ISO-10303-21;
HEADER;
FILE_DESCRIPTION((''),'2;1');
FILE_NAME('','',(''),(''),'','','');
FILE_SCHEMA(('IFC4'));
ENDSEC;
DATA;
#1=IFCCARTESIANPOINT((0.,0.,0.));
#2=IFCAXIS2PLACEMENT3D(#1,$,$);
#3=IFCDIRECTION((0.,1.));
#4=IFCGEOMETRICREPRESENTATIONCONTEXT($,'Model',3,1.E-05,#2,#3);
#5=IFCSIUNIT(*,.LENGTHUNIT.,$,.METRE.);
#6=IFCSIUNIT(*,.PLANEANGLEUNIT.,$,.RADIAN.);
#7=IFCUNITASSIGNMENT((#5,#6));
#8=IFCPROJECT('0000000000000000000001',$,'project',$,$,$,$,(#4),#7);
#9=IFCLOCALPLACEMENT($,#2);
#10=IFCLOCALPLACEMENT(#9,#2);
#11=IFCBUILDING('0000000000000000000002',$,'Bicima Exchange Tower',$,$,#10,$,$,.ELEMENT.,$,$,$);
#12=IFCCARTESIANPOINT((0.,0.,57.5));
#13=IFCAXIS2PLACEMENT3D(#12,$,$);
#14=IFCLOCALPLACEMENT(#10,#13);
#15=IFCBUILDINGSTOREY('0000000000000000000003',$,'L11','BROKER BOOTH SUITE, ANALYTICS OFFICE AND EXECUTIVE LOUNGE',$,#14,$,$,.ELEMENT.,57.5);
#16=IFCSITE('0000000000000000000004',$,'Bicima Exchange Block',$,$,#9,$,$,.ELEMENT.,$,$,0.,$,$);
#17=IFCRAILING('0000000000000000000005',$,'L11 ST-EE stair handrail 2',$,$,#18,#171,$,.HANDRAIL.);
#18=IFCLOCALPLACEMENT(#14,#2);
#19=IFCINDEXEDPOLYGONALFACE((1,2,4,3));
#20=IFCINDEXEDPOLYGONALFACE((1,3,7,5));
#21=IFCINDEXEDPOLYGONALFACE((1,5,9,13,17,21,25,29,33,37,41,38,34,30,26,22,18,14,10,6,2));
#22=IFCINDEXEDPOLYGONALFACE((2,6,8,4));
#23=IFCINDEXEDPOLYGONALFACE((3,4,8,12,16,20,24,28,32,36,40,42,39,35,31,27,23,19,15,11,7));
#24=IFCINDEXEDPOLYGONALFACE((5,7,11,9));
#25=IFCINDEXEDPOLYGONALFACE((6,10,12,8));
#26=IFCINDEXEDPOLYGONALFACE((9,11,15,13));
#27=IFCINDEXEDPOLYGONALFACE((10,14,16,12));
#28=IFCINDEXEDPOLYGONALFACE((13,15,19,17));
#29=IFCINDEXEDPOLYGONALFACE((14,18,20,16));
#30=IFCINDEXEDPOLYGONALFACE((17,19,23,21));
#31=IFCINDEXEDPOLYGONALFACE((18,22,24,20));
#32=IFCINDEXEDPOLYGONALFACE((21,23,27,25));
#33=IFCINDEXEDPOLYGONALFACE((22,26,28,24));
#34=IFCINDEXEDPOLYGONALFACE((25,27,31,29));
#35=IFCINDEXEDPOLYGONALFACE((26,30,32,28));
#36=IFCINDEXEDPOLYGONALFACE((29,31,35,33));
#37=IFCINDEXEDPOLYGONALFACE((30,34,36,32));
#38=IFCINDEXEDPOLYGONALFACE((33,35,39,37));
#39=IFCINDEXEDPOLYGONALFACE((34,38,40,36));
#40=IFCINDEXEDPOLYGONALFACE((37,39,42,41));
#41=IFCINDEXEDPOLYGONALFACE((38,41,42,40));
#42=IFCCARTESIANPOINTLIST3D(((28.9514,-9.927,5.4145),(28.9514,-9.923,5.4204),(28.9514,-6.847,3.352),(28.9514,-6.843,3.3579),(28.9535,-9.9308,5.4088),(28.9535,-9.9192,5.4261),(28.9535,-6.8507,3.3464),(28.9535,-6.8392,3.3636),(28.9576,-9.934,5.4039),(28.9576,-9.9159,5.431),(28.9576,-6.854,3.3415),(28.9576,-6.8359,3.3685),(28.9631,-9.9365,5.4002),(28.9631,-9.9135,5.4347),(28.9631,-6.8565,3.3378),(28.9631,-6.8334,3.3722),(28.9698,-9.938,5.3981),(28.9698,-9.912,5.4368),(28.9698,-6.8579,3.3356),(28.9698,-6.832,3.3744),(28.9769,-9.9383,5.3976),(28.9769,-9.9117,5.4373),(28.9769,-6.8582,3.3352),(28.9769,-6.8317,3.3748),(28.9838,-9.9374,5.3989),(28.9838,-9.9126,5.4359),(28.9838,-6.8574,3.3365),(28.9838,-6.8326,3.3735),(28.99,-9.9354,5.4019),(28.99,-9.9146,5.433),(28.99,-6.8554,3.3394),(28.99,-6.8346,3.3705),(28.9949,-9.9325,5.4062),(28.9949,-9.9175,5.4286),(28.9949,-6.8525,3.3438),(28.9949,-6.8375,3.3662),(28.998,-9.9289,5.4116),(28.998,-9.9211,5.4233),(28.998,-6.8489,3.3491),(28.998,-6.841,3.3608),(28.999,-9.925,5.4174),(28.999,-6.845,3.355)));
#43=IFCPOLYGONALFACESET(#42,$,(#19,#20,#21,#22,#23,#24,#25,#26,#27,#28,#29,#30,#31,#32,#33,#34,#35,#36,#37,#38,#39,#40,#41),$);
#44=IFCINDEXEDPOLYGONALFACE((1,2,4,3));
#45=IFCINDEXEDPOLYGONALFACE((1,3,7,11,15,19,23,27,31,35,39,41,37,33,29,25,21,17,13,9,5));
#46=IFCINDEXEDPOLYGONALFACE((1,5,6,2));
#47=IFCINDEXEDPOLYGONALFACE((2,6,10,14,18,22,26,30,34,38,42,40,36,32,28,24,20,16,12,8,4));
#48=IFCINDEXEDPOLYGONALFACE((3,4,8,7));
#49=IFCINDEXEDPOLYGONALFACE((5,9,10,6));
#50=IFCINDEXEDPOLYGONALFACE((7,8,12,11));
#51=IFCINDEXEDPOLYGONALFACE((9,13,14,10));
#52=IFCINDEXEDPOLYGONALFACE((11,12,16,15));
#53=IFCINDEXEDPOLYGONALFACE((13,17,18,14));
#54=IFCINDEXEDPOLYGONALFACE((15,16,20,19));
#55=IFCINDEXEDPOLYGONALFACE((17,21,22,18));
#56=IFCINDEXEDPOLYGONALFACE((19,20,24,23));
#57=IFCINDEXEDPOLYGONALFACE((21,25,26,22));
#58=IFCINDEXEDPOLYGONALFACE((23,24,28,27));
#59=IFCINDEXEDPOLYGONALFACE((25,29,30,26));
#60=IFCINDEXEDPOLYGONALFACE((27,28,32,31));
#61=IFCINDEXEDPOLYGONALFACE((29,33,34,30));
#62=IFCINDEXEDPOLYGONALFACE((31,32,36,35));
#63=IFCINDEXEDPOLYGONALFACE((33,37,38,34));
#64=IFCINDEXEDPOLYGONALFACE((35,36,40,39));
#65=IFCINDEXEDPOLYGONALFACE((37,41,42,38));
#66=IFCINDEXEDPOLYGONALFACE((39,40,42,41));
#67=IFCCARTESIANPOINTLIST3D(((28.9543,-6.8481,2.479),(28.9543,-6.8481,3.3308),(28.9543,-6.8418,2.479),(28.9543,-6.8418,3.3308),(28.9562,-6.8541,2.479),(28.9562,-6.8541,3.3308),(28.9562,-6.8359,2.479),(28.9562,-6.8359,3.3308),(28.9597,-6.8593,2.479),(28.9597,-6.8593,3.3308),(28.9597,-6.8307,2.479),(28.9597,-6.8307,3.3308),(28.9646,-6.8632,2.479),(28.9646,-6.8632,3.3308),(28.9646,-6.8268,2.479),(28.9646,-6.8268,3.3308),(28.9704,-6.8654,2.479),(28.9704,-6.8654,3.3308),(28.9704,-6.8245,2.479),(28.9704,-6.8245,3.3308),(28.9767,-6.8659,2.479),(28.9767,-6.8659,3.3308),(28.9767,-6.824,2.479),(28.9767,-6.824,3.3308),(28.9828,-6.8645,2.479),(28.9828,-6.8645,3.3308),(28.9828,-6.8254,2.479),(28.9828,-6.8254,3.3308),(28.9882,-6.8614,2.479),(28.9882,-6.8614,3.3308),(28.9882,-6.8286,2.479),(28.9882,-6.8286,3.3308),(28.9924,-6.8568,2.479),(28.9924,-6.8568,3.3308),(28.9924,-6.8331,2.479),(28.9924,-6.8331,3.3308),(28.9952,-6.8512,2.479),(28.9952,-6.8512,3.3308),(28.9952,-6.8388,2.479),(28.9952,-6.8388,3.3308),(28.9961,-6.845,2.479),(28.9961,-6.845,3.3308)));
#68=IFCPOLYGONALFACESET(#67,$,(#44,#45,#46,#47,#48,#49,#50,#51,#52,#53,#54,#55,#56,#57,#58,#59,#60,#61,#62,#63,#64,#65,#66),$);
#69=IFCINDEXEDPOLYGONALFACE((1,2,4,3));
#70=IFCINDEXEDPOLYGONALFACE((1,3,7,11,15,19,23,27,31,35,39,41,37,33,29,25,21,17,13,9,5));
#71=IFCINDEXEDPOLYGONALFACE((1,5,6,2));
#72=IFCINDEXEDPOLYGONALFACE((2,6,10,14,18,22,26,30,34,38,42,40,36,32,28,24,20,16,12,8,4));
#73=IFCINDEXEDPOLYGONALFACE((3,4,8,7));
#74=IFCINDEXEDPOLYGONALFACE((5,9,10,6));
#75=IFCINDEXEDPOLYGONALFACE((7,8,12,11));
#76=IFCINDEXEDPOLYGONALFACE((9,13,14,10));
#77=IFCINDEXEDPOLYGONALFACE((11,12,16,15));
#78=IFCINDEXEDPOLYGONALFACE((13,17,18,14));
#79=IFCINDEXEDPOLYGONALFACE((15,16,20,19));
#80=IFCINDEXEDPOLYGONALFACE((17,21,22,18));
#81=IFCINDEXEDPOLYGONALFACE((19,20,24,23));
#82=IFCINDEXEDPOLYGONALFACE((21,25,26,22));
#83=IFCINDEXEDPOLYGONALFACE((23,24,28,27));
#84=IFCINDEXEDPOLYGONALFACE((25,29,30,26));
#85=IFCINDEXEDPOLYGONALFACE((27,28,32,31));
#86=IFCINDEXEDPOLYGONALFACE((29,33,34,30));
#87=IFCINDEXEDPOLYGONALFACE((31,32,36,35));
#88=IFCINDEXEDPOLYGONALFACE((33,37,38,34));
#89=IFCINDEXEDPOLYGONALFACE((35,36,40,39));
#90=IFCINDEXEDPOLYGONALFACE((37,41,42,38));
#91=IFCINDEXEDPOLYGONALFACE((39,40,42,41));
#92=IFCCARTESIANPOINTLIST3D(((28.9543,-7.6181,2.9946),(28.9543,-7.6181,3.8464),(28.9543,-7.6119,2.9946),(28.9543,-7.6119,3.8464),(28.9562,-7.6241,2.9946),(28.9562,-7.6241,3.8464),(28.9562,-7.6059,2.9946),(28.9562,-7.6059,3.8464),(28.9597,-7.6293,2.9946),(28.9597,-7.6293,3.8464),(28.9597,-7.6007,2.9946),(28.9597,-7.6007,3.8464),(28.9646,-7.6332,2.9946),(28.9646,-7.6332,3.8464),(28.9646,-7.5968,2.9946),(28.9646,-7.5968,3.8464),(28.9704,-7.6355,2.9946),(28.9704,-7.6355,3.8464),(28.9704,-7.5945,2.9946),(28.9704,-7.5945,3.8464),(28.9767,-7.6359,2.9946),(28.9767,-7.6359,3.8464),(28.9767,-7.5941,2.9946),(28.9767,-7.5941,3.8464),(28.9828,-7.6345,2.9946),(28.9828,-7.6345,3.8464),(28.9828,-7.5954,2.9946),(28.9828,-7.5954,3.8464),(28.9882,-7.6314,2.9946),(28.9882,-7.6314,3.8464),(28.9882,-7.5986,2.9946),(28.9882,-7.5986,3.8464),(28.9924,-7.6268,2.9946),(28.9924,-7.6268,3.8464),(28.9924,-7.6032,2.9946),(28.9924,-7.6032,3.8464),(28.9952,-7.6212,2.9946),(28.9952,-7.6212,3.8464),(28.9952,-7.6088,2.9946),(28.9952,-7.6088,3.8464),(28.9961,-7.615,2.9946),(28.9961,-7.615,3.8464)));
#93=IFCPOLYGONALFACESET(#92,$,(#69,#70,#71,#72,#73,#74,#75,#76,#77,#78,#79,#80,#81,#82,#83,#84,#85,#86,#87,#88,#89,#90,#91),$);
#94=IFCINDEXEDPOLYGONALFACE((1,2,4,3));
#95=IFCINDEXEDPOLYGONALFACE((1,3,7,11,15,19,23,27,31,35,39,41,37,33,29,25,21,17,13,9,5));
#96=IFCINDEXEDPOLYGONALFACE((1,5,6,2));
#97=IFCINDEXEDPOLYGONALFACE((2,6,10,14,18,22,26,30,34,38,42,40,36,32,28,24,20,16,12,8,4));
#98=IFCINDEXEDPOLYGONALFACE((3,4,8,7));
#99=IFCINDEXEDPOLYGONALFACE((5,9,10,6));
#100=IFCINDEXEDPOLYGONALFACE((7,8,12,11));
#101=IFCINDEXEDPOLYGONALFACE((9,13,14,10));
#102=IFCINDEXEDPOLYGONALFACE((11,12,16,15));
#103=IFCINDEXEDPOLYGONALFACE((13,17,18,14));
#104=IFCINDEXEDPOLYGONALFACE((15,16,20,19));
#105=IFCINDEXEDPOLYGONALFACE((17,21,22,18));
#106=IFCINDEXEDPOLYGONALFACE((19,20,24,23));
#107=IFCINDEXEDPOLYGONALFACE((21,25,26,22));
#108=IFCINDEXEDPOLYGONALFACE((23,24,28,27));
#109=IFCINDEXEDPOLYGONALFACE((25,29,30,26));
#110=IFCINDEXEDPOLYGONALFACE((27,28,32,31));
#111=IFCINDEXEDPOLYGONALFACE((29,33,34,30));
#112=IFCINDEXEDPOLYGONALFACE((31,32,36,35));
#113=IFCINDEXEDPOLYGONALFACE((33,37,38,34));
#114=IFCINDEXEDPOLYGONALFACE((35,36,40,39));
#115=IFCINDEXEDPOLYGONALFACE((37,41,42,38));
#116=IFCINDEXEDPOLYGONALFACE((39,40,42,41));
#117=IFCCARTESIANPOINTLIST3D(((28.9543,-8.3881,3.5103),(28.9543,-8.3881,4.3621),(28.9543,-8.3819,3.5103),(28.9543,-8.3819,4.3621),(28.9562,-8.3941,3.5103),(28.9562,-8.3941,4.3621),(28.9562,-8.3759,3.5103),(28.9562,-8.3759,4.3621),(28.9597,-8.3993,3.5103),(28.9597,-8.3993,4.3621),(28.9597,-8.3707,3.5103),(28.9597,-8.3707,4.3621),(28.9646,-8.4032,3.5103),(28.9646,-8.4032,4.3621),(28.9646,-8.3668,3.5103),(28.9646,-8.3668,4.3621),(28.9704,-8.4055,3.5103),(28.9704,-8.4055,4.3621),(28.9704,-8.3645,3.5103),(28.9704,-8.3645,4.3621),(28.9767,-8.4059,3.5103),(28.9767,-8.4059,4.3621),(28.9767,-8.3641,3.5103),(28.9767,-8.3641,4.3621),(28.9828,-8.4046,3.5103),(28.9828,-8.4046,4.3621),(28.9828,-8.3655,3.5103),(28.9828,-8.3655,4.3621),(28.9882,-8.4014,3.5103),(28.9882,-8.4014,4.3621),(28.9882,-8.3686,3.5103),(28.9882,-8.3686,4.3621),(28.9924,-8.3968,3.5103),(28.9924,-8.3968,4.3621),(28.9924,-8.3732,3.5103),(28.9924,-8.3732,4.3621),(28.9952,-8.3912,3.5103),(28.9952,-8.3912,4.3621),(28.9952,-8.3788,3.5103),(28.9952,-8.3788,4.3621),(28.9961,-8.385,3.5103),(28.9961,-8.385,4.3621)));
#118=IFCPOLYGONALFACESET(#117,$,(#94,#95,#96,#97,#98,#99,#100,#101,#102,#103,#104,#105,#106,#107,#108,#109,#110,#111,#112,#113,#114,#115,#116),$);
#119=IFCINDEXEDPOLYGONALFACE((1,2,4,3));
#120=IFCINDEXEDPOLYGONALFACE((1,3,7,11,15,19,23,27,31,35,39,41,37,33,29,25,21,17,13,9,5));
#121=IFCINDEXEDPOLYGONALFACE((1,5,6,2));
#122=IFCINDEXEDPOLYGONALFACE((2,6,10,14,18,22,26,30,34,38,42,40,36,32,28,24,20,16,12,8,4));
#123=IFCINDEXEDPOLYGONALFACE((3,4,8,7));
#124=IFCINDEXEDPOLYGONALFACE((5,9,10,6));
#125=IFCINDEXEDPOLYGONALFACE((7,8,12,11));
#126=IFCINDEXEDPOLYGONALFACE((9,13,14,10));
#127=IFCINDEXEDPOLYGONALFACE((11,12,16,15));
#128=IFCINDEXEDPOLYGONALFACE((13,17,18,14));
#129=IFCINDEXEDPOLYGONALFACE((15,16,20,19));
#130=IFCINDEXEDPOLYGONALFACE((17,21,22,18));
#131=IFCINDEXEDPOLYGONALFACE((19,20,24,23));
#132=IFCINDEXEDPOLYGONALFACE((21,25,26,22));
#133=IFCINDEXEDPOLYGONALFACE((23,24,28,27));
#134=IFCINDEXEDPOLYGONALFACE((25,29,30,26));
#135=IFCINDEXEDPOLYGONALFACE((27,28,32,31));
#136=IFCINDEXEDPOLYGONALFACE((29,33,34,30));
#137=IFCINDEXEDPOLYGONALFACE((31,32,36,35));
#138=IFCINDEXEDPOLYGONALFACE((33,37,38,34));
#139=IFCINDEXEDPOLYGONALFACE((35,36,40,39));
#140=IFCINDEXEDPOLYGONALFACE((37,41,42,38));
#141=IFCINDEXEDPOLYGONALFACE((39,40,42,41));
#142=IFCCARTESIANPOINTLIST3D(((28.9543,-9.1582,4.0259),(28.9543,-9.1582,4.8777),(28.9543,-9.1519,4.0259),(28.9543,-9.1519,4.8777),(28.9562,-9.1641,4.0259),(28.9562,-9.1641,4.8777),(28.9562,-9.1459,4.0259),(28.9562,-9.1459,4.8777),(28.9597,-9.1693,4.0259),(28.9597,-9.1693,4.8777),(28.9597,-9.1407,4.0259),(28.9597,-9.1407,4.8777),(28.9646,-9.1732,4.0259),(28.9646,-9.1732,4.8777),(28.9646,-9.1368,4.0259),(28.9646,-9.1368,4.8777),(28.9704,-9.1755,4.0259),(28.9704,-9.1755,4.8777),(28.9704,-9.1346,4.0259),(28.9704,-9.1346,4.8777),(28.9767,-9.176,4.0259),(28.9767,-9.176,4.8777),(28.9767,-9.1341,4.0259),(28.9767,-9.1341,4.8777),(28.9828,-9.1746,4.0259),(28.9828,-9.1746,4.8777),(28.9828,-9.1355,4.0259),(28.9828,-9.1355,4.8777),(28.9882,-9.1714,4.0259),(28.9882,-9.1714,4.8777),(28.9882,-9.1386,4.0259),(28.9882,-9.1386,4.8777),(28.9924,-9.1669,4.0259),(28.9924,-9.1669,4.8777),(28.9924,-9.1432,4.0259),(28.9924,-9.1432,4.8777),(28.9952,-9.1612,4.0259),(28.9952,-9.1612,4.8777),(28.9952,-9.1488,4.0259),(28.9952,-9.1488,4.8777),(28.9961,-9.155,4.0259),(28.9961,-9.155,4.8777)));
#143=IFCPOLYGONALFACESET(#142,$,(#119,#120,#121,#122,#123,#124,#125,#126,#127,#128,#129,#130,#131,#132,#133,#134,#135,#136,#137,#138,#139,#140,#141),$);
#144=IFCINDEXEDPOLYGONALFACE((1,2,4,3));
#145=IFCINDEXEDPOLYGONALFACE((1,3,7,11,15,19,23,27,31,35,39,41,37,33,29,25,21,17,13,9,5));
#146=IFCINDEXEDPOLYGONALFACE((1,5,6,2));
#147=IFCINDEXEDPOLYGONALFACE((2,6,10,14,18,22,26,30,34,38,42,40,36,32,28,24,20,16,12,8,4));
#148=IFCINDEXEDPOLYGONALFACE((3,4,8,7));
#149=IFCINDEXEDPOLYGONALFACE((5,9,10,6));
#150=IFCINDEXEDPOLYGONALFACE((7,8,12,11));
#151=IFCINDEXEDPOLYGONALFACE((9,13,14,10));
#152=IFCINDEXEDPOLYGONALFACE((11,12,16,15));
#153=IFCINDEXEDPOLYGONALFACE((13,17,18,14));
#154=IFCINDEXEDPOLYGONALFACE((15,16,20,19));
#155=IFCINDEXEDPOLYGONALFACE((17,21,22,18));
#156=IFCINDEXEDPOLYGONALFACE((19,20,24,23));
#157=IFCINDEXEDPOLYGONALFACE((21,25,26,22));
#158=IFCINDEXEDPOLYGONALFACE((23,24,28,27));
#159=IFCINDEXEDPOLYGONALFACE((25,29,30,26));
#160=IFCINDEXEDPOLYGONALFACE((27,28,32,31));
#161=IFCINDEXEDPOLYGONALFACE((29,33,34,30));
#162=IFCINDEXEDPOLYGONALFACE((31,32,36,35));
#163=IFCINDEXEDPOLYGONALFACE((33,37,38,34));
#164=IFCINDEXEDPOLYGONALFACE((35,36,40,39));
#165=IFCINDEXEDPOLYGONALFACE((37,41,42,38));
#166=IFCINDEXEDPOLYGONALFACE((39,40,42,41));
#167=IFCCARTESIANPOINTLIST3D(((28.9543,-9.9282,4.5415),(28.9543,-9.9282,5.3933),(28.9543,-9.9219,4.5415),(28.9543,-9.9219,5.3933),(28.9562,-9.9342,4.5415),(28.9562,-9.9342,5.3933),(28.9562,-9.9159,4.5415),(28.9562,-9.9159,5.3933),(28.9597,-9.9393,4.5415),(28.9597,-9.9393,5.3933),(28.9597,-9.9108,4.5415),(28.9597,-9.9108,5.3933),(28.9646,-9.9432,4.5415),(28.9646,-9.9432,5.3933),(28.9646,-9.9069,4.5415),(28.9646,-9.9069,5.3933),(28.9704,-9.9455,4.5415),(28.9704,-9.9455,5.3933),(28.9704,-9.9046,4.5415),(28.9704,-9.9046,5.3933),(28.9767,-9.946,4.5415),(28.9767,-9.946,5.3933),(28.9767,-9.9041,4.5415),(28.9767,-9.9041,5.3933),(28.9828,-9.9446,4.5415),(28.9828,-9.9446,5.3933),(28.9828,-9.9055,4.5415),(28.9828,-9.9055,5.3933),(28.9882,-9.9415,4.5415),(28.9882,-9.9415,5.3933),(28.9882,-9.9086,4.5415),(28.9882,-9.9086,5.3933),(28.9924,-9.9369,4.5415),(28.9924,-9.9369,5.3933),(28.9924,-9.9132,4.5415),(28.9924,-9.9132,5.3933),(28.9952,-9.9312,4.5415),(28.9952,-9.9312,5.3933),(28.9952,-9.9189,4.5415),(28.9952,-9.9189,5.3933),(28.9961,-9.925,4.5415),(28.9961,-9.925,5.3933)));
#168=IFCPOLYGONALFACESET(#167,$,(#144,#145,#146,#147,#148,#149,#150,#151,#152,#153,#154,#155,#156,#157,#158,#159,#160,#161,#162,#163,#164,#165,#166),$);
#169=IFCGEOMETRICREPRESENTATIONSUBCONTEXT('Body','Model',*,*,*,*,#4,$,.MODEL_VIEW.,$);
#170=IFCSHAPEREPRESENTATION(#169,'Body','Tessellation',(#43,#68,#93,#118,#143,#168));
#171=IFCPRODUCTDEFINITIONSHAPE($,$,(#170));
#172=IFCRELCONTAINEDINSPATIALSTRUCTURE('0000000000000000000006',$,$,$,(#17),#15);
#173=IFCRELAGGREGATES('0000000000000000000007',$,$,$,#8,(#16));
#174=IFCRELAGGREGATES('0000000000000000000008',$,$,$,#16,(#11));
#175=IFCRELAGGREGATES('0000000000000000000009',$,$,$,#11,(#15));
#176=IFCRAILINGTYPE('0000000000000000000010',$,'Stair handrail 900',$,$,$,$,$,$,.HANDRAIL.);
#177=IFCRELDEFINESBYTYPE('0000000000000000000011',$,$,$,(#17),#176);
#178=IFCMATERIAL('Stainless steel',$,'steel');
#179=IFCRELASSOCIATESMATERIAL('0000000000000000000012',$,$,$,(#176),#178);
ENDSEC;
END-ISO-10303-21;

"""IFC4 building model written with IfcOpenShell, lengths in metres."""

from ifc_helpers import new_model, si_unit, direction, frame, origin, origin_2d, place, context, subcontext, project, spatial, circle, extrude, material, type_object, element, save


model = new_model("IFC4")

# Units and contexts
model_context = context("Model", 3, precision=1e-05, world=origin(), true_north=direction((0.0, 1.0)))
body_context = subcontext(model_context, "Body", "Model", "MODEL_VIEW")
ifc_project = project(units=[si_unit("LENGTHUNIT", "METRE"), si_unit("PLANEANGLEUNIT", "RADIAN")], contexts=[model_context])

# Site, building, storey
site_placement = place(None, origin())
site = spatial("IfcSite", under=ifc_project, at=site_placement, Name="Bicima Exchange Block", CompositionType="ELEMENT", RefElevation=0.0)
building_placement = place(site_placement, origin())
building = spatial("IfcBuilding", under=site, at=building_placement, Name="Bicima Exchange Tower", CompositionType="ELEMENT")
storey_placement = place(building_placement, frame((0.0, 0.0, 57.5)))
storey = spatial("IfcBuildingStorey", under=building, at=storey_placement, Name="L11", Description="BROKER BOOTH SUITE, ANALYTICS OFFICE AND EXECUTIVE LOUNGE", CompositionType="ELEMENT", Elevation=57.5)

# Railing
ifc_material_1 = material(Name="Stainless steel", Category="steel")
railing_type = type_object("IfcRailingType", Name="Stair handrail 900", PredefinedType="HANDRAIL", material=ifc_material_1)
railing_1_placement = place(storey_placement, frame((28.9751, -6.845, 2.479)))
element("IfcRailing", 1, at=railing_1_placement, inside=storey, type_object=railing_type, Name="L11 ST-EE stair handrail 2", PredefinedType="HANDRAIL", context=body_context, shape_type="SweptSolid", body=[
    extrude(circle(Radius=0.0239, at=origin_2d()), frame((0.0, 0.0, 0.876), z_axis=(0.0, -0.830914, 0.556401), x_axis=(1.0, 0.0, 0.0)), (0.0, 0.0, 1.0), 3.7068),
    extrude(circle(Radius=0.021, at=origin_2d()), origin(), (0.0, 0.0, 1.0), 0.8518),
    extrude(circle(Radius=0.021, at=origin_2d()), frame((0.0, -0.77, 0.5156)), (0.0, 0.0, 1.0), 0.8518),
    extrude(circle(Radius=0.021, at=origin_2d()), frame((0.0, -1.54, 1.0312)), (0.0, 0.0, 1.0), 0.8518),
    extrude(circle(Radius=0.021, at=origin_2d()), frame((0.0, -2.3101, 1.5469)), (0.0, 0.0, 1.0), 0.8518),
    extrude(circle(Radius=0.021, at=origin_2d()), frame((0.0, -3.0801, 2.0625)), (0.0, 0.0, 1.0), 0.8518),
])

save(model, "model.ifc")
